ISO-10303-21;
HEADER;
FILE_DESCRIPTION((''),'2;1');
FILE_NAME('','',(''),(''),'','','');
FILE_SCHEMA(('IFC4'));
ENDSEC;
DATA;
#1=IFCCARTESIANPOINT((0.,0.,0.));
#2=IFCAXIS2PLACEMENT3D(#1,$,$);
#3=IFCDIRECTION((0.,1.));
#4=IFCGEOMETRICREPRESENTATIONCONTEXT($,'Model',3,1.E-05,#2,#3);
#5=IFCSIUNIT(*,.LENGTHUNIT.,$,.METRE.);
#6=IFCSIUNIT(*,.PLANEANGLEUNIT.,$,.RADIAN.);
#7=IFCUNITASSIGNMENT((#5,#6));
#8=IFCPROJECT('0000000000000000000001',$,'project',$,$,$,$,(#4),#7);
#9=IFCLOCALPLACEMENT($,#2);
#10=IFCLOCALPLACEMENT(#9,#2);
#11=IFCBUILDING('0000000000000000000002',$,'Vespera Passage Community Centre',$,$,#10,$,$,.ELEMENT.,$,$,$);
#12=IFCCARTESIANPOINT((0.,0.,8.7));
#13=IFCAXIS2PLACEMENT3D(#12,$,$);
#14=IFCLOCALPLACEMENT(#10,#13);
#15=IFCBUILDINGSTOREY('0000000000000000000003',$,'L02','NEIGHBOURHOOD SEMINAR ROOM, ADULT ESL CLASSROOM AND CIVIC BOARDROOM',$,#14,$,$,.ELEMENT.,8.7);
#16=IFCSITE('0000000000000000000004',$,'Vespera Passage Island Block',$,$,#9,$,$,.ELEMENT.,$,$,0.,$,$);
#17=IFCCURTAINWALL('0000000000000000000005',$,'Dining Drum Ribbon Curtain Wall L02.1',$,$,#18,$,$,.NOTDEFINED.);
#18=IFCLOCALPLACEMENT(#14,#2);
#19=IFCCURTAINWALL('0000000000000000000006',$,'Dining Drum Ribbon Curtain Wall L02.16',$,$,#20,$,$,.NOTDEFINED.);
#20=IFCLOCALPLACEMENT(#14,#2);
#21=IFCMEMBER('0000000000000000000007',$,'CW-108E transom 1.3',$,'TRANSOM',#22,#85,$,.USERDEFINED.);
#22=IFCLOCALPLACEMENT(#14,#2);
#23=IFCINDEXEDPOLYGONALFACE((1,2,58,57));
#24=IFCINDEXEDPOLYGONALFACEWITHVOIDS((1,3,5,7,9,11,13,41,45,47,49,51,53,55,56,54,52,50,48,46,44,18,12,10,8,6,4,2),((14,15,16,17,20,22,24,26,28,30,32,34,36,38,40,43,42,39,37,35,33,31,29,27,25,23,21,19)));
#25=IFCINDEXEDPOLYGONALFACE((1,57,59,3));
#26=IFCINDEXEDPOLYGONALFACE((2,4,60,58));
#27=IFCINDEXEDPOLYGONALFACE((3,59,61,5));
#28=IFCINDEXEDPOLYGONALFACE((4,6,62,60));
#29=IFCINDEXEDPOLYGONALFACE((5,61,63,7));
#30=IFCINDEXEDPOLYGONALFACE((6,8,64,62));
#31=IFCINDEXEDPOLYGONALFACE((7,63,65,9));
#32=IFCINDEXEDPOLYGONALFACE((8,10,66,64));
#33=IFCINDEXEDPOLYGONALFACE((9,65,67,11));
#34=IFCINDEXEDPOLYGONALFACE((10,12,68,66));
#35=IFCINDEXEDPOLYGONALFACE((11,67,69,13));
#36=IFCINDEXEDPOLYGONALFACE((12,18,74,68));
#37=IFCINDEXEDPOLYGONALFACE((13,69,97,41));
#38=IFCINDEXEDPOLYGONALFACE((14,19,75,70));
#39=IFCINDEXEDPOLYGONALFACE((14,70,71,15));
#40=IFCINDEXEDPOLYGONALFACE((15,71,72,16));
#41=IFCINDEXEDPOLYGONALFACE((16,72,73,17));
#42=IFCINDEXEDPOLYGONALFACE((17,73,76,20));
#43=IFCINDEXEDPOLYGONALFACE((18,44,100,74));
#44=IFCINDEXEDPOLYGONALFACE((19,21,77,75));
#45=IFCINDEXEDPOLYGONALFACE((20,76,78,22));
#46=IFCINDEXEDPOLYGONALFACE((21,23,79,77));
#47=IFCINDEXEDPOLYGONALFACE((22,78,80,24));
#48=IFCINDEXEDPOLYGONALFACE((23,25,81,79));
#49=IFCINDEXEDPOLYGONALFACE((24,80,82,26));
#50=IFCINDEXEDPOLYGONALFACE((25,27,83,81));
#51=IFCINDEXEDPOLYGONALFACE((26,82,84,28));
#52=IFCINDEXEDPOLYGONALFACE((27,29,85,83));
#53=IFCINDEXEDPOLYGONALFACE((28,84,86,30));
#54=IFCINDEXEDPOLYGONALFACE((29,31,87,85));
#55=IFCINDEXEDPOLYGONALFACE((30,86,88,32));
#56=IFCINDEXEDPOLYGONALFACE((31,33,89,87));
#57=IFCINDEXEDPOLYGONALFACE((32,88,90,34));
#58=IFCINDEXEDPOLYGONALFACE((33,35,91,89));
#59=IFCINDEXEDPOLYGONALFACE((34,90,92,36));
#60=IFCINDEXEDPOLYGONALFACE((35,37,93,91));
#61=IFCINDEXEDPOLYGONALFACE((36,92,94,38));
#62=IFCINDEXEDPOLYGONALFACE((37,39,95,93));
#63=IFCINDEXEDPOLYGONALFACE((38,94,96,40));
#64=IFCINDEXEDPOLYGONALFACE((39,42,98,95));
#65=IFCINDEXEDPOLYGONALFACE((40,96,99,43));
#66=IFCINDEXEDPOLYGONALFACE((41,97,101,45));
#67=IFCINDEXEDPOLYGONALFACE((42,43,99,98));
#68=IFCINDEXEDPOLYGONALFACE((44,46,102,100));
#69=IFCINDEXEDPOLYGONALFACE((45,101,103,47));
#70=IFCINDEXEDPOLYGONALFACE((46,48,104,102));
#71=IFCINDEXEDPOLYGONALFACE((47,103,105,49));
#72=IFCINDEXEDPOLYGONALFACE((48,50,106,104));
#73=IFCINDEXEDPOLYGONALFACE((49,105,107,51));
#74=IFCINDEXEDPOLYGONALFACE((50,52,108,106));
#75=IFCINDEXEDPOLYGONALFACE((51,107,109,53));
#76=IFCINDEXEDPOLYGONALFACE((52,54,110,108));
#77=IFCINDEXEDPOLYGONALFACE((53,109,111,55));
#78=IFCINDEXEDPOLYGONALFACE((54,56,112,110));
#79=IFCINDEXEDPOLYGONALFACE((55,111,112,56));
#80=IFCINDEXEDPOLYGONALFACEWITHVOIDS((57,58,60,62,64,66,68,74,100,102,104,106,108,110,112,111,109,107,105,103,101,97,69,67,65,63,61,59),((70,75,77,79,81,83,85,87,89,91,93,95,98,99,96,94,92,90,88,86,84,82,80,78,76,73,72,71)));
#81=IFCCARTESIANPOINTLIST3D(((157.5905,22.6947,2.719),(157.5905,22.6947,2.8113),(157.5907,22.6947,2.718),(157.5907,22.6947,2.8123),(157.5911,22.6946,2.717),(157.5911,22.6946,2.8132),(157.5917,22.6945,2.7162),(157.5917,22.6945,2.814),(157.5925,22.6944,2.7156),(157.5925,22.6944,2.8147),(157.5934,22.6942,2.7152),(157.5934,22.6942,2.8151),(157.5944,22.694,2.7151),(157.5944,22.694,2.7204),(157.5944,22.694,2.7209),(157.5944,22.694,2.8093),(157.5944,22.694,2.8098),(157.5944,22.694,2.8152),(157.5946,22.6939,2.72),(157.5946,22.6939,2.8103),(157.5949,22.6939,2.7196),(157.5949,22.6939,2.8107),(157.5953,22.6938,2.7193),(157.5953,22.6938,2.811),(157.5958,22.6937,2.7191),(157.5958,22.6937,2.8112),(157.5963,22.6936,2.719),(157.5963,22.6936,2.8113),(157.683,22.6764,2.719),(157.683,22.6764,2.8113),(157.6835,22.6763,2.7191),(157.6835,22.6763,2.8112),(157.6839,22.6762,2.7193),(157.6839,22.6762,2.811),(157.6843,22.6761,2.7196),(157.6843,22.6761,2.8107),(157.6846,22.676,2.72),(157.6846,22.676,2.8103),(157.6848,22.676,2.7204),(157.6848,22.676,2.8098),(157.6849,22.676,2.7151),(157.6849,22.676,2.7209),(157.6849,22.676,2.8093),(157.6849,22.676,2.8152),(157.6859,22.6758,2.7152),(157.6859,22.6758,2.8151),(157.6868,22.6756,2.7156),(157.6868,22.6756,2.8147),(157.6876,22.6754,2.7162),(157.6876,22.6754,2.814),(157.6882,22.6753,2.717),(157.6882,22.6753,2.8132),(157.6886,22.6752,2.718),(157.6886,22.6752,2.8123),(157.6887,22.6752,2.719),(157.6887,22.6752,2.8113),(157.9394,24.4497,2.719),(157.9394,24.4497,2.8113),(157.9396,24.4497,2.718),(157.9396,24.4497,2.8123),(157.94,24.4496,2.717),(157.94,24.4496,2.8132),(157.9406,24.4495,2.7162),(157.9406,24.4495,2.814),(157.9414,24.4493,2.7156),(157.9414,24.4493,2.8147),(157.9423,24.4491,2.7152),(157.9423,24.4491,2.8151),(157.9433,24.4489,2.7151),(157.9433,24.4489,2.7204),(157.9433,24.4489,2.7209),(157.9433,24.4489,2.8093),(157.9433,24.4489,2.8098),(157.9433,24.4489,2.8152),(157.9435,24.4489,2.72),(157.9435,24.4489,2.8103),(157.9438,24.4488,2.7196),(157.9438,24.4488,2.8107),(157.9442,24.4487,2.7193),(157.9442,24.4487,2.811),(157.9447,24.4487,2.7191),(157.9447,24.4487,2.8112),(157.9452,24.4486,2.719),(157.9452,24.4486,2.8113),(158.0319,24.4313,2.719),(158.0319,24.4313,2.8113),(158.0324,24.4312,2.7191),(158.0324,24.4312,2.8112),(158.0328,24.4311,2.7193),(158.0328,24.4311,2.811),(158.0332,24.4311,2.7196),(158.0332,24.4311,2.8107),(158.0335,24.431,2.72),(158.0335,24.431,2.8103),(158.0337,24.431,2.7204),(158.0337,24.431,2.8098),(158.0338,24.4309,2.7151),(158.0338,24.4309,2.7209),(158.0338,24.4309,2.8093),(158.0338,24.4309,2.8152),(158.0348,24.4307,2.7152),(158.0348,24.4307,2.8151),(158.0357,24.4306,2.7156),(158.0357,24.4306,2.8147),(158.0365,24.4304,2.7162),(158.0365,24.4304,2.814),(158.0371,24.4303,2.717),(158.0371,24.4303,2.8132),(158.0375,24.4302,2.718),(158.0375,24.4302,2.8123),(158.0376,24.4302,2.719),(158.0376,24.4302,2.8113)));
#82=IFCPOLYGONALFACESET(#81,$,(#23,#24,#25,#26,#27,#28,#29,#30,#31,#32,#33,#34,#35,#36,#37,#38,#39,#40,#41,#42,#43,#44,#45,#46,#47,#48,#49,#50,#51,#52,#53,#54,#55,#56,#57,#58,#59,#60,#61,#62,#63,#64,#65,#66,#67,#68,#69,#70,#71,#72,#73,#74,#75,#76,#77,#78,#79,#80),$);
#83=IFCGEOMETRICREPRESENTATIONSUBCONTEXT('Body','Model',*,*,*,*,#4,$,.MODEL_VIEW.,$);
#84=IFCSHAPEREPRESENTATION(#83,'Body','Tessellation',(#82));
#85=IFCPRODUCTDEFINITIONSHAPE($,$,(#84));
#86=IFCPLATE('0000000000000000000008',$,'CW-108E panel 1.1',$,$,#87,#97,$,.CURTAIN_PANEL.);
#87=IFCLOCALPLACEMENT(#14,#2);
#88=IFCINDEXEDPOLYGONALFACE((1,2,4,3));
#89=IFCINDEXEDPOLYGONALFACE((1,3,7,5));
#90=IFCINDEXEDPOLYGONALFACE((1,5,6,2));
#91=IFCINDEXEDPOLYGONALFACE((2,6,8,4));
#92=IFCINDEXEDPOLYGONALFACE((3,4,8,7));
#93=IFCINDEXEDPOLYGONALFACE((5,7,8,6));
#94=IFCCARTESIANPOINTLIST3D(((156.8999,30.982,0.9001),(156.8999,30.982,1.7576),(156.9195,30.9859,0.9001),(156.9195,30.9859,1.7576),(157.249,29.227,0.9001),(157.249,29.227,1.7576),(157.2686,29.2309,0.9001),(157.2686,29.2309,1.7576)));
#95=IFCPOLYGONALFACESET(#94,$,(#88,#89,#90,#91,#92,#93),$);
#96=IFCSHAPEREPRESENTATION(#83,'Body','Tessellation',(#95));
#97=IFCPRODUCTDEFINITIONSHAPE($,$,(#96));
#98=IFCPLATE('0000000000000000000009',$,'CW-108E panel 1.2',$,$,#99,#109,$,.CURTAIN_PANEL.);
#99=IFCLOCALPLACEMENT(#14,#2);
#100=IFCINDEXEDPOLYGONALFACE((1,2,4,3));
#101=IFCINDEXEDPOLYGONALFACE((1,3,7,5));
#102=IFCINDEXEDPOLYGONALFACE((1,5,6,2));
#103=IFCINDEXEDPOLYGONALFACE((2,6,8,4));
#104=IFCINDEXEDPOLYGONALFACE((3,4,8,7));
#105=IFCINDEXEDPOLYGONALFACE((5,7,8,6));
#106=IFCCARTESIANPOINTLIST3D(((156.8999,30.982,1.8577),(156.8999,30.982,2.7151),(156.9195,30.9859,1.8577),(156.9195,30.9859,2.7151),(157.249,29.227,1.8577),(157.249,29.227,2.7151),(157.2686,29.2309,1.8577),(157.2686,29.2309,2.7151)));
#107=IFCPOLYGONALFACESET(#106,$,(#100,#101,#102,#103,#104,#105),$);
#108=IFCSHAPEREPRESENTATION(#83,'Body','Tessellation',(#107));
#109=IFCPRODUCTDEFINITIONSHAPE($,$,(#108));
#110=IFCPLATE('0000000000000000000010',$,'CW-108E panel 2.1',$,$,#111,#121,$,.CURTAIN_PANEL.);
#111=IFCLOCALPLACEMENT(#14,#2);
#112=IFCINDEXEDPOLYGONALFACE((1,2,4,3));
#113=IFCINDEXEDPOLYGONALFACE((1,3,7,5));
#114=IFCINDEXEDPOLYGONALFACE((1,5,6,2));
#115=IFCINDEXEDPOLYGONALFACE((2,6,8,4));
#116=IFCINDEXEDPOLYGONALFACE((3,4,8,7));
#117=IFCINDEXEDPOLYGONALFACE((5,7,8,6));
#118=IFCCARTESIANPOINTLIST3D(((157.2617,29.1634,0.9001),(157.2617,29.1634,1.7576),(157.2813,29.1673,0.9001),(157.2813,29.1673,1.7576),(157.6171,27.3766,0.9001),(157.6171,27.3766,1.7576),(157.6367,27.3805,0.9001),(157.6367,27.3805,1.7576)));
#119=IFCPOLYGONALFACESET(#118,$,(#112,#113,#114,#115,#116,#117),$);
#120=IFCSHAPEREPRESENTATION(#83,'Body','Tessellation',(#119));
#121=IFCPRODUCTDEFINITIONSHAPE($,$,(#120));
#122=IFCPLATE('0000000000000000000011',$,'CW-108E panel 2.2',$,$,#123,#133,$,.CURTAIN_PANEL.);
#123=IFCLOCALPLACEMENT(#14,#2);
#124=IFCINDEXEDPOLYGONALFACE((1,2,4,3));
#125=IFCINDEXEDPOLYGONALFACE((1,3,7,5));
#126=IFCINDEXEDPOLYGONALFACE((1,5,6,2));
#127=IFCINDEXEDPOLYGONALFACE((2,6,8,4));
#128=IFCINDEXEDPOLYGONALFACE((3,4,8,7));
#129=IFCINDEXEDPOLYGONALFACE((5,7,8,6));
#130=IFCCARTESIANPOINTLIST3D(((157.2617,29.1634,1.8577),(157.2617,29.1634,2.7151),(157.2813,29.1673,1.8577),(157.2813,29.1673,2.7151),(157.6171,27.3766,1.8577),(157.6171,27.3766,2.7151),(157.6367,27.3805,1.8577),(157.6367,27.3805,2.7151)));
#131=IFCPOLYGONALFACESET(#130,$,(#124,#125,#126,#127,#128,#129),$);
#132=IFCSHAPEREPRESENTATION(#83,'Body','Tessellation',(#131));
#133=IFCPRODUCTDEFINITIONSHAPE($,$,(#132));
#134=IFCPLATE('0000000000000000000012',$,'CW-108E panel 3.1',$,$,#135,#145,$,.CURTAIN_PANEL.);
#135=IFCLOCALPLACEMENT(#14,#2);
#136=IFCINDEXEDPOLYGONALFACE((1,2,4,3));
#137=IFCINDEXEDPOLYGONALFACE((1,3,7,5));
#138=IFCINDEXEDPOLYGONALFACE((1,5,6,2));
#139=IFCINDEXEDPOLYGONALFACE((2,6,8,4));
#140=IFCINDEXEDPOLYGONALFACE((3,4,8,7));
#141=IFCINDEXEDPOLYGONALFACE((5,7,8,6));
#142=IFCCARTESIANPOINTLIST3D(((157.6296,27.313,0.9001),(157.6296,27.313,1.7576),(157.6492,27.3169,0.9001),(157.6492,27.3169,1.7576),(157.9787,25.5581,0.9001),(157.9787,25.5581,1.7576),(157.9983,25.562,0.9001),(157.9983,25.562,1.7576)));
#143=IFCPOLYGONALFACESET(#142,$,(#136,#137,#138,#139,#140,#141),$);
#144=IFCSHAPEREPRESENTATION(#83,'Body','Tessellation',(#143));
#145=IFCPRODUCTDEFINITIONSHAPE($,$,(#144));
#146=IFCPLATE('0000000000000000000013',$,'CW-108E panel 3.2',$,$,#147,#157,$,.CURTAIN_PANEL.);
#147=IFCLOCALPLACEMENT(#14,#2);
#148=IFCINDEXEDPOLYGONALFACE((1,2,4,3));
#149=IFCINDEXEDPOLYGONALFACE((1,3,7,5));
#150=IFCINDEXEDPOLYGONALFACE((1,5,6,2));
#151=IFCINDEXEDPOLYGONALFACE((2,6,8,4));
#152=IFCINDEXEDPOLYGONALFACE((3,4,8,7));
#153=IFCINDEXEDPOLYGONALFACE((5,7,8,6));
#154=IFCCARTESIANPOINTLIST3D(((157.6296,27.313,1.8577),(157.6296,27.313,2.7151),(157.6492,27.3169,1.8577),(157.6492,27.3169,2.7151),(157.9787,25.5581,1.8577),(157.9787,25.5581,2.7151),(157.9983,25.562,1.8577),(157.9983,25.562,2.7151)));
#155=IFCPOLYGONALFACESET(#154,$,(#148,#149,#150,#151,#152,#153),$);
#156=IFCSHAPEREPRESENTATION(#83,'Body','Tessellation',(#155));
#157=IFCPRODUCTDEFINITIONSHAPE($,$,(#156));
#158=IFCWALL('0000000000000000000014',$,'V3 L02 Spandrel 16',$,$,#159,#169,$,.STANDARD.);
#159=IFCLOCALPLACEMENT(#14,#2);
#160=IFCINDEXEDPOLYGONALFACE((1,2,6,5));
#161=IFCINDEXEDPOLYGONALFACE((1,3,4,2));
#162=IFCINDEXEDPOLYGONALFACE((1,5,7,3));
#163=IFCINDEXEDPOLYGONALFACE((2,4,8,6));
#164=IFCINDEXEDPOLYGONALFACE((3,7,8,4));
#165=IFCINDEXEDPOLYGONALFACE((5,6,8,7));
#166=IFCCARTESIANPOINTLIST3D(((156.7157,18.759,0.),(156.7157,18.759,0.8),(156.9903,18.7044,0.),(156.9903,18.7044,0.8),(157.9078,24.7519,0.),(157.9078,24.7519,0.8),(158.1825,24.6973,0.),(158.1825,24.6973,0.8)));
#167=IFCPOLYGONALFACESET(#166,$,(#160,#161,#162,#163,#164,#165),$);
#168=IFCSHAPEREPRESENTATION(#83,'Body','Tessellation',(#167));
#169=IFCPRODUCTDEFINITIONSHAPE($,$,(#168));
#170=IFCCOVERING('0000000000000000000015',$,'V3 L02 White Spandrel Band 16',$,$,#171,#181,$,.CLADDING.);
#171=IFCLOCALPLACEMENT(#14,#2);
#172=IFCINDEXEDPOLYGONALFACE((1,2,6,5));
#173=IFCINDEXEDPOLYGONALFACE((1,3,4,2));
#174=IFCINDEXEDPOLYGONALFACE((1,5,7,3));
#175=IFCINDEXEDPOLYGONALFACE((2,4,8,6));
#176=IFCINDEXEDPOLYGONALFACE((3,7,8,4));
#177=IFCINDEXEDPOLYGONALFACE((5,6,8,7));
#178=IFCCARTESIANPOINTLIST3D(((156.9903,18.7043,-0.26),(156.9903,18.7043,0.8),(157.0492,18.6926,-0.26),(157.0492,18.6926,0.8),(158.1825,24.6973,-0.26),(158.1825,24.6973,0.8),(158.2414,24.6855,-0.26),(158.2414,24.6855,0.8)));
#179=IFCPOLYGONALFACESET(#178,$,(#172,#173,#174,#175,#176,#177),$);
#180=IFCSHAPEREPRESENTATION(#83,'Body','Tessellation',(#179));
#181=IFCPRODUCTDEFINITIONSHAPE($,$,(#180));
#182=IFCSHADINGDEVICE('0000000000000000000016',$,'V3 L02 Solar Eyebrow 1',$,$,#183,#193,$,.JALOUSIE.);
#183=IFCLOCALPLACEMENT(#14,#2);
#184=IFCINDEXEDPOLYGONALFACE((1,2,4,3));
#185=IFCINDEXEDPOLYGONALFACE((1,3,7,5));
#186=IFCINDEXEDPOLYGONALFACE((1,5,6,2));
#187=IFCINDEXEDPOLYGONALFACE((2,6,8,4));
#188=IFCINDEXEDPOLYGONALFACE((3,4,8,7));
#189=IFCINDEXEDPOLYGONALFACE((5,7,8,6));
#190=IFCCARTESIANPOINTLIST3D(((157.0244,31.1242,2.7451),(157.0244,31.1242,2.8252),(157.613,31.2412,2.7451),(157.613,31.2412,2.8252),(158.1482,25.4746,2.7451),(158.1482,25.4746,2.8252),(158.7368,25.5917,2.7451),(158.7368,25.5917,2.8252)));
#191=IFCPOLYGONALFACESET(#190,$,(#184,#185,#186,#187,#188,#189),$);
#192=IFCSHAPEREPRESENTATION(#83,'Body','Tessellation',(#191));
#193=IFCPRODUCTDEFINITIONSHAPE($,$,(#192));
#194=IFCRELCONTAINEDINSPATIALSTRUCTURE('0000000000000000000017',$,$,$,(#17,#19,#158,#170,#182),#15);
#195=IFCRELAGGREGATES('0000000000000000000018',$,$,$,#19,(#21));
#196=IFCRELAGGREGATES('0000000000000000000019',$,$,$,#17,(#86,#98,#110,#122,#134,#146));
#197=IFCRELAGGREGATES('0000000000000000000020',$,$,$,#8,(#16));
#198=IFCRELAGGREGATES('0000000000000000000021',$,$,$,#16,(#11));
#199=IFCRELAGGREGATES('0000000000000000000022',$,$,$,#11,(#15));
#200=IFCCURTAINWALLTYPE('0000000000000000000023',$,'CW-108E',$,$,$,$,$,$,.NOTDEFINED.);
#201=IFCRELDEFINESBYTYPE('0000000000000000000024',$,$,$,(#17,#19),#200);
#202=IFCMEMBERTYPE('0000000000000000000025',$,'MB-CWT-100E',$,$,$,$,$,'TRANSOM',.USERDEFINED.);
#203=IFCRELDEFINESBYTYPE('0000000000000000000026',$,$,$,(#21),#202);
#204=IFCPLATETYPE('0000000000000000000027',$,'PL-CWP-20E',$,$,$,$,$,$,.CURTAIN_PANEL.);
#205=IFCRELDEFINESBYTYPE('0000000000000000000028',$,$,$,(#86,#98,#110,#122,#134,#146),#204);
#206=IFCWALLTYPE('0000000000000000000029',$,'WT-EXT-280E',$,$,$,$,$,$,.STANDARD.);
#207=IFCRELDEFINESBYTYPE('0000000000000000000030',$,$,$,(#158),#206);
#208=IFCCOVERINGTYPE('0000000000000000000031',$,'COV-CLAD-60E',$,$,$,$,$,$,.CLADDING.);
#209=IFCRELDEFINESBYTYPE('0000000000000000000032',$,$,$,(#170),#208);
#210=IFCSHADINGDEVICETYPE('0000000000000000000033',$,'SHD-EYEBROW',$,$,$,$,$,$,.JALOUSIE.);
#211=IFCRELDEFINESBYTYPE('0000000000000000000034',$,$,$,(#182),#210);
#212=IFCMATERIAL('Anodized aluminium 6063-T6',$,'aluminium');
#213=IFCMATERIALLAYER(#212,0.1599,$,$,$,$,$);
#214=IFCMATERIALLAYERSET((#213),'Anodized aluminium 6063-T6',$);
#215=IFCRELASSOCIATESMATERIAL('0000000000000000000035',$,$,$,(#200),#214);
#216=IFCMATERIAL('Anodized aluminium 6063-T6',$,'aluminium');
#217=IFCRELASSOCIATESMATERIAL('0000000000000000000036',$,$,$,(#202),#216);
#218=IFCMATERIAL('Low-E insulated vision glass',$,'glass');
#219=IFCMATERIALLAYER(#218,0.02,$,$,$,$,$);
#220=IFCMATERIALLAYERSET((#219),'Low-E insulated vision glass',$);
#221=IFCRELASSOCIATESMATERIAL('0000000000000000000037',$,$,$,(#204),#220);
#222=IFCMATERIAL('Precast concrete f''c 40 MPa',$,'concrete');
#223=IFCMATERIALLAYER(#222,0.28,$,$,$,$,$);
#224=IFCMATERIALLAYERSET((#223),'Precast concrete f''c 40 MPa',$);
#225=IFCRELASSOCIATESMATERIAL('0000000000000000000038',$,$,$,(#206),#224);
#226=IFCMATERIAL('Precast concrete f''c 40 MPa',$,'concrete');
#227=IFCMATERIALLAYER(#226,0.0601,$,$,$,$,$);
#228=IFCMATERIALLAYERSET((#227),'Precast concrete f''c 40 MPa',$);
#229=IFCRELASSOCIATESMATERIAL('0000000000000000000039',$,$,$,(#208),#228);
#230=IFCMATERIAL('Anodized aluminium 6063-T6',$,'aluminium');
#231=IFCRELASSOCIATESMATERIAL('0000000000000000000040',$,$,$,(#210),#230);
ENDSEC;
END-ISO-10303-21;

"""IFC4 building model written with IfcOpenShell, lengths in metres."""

from ifc_helpers import new_model, si_unit, direction, frame, frame_2d, origin, origin_2d, place, context, subcontext, project, spatial, rectangle, hollow_rectangle, extrude, material, layer, layer_set, material_profile, profile_set, type_object, element, aggregate, save


model = new_model("IFC4")

# Units and contexts
model_context = context("Model", 3, precision=1e-05, world=origin(), true_north=direction((0.0, 1.0)))
body_context = subcontext(model_context, "Body", "Model", "MODEL_VIEW")
ifc_project = project(units=[si_unit("LENGTHUNIT", "METRE"), si_unit("PLANEANGLEUNIT", "RADIAN")], contexts=[model_context])

# Site, building, storey
site_placement = place(None, origin())
site = spatial("IfcSite", under=ifc_project, at=site_placement, Name="Vespera Passage Island Block", CompositionType="ELEMENT", RefElevation=0.0)
building_placement = place(site_placement, origin())
building = spatial("IfcBuilding", under=site, at=building_placement, Name="Vespera Passage Community Centre", CompositionType="ELEMENT")
storey_placement = place(building_placement, frame((0.0, 0.0, 8.7)))
storey = spatial("IfcBuildingStorey", under=building, at=storey_placement, Name="L02", Description="NEIGHBOURHOOD SEMINAR ROOM, ADULT ESL CLASSROOM AND CIVIC BOARDROOM", CompositionType="ELEMENT", Elevation=8.7)

# Curtain wall
ifc_material_1 = material(Name="Anodized aluminium 6063-T6", Category="aluminium")
ifc_layer_1 = layer(ifc_material_1, 0.1599)
ifc_layer_set_1 = layer_set([ifc_layer_1], Name="Anodized aluminium 6063-T6")
curtain_wall_type = type_object("IfcCurtainWallType", Name="CW-108E", PredefinedType="NOTDEFINED", material=ifc_layer_set_1)
curtain_wall_1_placement = place(storey_placement, origin())
curtain_wall_1 = element("IfcCurtainWall", 1, at=curtain_wall_1_placement, inside=storey, type_object=curtain_wall_type, Name="Dining Drum Ribbon Curtain Wall L02.1", PredefinedType="NOTDEFINED")

# Curtain wall
curtain_wall_2_placement = place(storey_placement, origin())
curtain_wall_2 = element("IfcCurtainWall", 2, at=curtain_wall_2_placement, inside=storey, type_object=curtain_wall_type, Name="Dining Drum Ribbon Curtain Wall L02.16", PredefinedType="NOTDEFINED")

# Member
ifc_material_2 = material(Name="Anodized aluminium 6063-T6", Category="aluminium")
ifc_material_profile_1 = material_profile(ifc_material_2, hollow_rectangle(XDim=0.1001, YDim=0.1001, WallThickness=0.0039, InnerFilletRadius=0.002, OuterFilletRadius=0.0039, at=origin_2d()), Name="ALU100X100X4")
ifc_profile_set_1 = profile_set([ifc_material_profile_1], Name="Anodized aluminium 6063-T6")
member_type_1 = type_object("IfcMemberType", Name="MB-CWT-100E", ElementType="TRANSOM", PredefinedType="USERDEFINED", material=ifc_profile_set_1)
member_1_placement = place(storey_placement, frame((157.9885, 24.4399, 2.7651), z_axis=(-0.194988, -0.980806, 0.0), x_axis=(0.980806, -0.194988, 0.0)))
member_1 = element("IfcMember", 3, at=member_1_placement, type_object=member_type_1, Name="CW-108E transom 1.3", ObjectType="TRANSOM", PredefinedType="USERDEFINED", context=body_context, shape_type="SweptSolid", body=[
    extrude(hollow_rectangle(XDim=0.1001, YDim=0.1001, WallThickness=0.0039, InnerFilletRadius=0.002, OuterFilletRadius=0.0039, at=origin_2d()), origin(), (0.0, 0.0, 1.0), 1.7893),
])
aggregate(curtain_wall_2, [member_1])

# Plates
ifc_material_3 = material(Name="Low-E insulated vision glass", Category="glass")
ifc_layer_2 = layer(ifc_material_3, 0.02)
ifc_layer_set_2 = layer_set([ifc_layer_2], Name="Low-E insulated vision glass")
plate_type = type_object("IfcPlateType", Name="PL-CWP-20E", PredefinedType="CURTAIN_PANEL", material=ifc_layer_set_2)
plate_1_placement = place(storey_placement, frame((157.0842, 30.1064, 0.9001), z_axis=(0.0, 0.0, 1.0), x_axis=(0.195097, -0.980784, 0.0)))
plate_1 = element("IfcPlate", 4, at=plate_1_placement, type_object=plate_type, Name="CW-108E panel 1.1", PredefinedType="CURTAIN_PANEL", context=body_context, shape_type="SweptSolid", body=[
    extrude(rectangle(XDim=1.7893, YDim=0.02, at=origin_2d()), origin(), (0.0, 0.0, 1.0), 0.8574),
])
plate_2_placement = place(storey_placement, frame((157.0842, 30.1064, 1.8577), z_axis=(0.0, 0.0, 1.0), x_axis=(0.195097, -0.980784, 0.0)))
plate_2 = element("IfcPlate", 5, at=plate_2_placement, type_object=plate_type, Name="CW-108E panel 1.2", PredefinedType="CURTAIN_PANEL", context=body_context, shape_type="SweptSolid", body=[
    extrude(rectangle(XDim=1.7893, YDim=0.02, at=origin_2d()), origin(), (0.0, 0.0, 1.0), 0.8574),
])
plate_3_placement = place(storey_placement, frame((157.4492, 28.272, 0.9001), z_axis=(0.0, 0.0, 1.0), x_axis=(0.195097, -0.980784, 0.0)))
plate_3 = element("IfcPlate", 6, at=plate_3_placement, type_object=plate_type, Name="CW-108E panel 2.1", PredefinedType="CURTAIN_PANEL", context=body_context, shape_type="SweptSolid", body=[
    extrude(rectangle(XDim=1.8218, YDim=0.02, at=origin_2d()), origin(), (0.0, 0.0, 1.0), 0.8574),
])
plate_4_placement = place(storey_placement, frame((157.4492, 28.272, 1.8577), z_axis=(0.0, 0.0, 1.0), x_axis=(0.195097, -0.980784, 0.0)))
plate_4 = element("IfcPlate", 7, at=plate_4_placement, type_object=plate_type, Name="CW-108E panel 2.2", PredefinedType="CURTAIN_PANEL", context=body_context, shape_type="SweptSolid", body=[
    extrude(rectangle(XDim=1.8218, YDim=0.02, at=origin_2d()), origin(), (0.0, 0.0, 1.0), 0.8574),
])
plate_5_placement = place(storey_placement, frame((157.814, 26.4375, 0.9001), z_axis=(0.0, 0.0, 1.0), x_axis=(0.195097, -0.980784, 0.0)))
plate_5 = element("IfcPlate", 8, at=plate_5_placement, type_object=plate_type, Name="CW-108E panel 3.1", PredefinedType="CURTAIN_PANEL", context=body_context, shape_type="SweptSolid", body=[
    extrude(rectangle(XDim=1.7893, YDim=0.02, at=origin_2d()), origin(), (0.0, 0.0, 1.0), 0.8574),
])
plate_6_placement = place(storey_placement, frame((157.814, 26.4375, 1.8577), z_axis=(0.0, 0.0, 1.0), x_axis=(0.195097, -0.980784, 0.0)))
plate_6 = element("IfcPlate", 9, at=plate_6_placement, type_object=plate_type, Name="CW-108E panel 3.2", PredefinedType="CURTAIN_PANEL", context=body_context, shape_type="SweptSolid", body=[
    extrude(rectangle(XDim=1.7893, YDim=0.02, at=origin_2d()), origin(), (0.0, 0.0, 1.0), 0.8574),
])
aggregate(curtain_wall_1, [plate_1, plate_2, plate_3, plate_4, plate_5, plate_6])

# Wall
ifc_material_4 = material(Name="Precast concrete f'c 40 MPa", Category="concrete")
ifc_layer_3 = layer(ifc_material_4, 0.28)
ifc_layer_set_3 = layer_set([ifc_layer_3], Name="Precast concrete f'c 40 MPa")
wall_type = type_object("IfcWallType", Name="WT-EXT-280E", PredefinedType="STANDARD", material=ifc_layer_set_3)
wall_placement = place(storey_placement, frame((158.0452, 24.7246, 0.0), z_axis=(0.0, 0.0, 1.0), x_axis=(-0.195102, -0.980783, 0.0)))
element("IfcWall", 10, at=wall_placement, inside=storey, type_object=wall_type, Name="V3 L02 Spandrel 16", PredefinedType="STANDARD", context=body_context, shape_type="SweptSolid", body=[
    extrude(rectangle(XDim=6.1104, YDim=0.28, at=frame_2d((3.0552, 0.0))), origin(), (0.0, 0.0, 1.0), 0.8),
])

# Covering
ifc_material_5 = material(Name="Precast concrete f'c 40 MPa", Category="concrete")
ifc_layer_4 = layer(ifc_material_5, 0.0601)
ifc_layer_set_4 = layer_set([ifc_layer_4], Name="Precast concrete f'c 40 MPa")
covering_type = type_object("IfcCoveringType", Name="COV-CLAD-60E", PredefinedType="CLADDING", material=ifc_layer_set_4)
covering_placement = place(storey_placement, frame((158.2119, 24.6914, -0.26), z_axis=(0.0, 0.0, 1.0), x_axis=(-0.195102, -0.980783, 0.0)))
element("IfcCovering", 11, at=covering_placement, inside=storey, type_object=covering_type, Name="V3 L02 White Spandrel Band 16", PredefinedType="CLADDING", context=body_context, shape_type="SweptSolid", body=[
    extrude(rectangle(XDim=6.1104, YDim=0.0601, at=frame_2d((3.0552, 0.0))), origin(), (0.0, 0.0, 1.0), 1.0601),
])

# Shading device
ifc_material_6 = material(Name="Anodized aluminium 6063-T6", Category="aluminium")
shading_device_type = type_object("IfcShadingDeviceType", Name="SHD-EYEBROW", PredefinedType="JALOUSIE", material=ifc_material_6)
shading_device_placement = place(storey_placement, frame((157.8806, 28.3579, 2.7451), z_axis=(0.0, 0.0, 1.0), x_axis=(0.19509, -0.980785, 0.0)))
element("IfcShadingDevice", 12, at=shading_device_placement, inside=storey, type_object=shading_device_type, Name="V3 L02 Solar Eyebrow 1", PredefinedType="JALOUSIE", context=body_context, shape_type="SweptSolid", body=[
    extrude(rectangle(XDim=5.7603, YDim=0.6001, at=origin_2d()), origin(), (0.0, 0.0, 1.0), 0.0801),
])

save(model, "model.ifc")
